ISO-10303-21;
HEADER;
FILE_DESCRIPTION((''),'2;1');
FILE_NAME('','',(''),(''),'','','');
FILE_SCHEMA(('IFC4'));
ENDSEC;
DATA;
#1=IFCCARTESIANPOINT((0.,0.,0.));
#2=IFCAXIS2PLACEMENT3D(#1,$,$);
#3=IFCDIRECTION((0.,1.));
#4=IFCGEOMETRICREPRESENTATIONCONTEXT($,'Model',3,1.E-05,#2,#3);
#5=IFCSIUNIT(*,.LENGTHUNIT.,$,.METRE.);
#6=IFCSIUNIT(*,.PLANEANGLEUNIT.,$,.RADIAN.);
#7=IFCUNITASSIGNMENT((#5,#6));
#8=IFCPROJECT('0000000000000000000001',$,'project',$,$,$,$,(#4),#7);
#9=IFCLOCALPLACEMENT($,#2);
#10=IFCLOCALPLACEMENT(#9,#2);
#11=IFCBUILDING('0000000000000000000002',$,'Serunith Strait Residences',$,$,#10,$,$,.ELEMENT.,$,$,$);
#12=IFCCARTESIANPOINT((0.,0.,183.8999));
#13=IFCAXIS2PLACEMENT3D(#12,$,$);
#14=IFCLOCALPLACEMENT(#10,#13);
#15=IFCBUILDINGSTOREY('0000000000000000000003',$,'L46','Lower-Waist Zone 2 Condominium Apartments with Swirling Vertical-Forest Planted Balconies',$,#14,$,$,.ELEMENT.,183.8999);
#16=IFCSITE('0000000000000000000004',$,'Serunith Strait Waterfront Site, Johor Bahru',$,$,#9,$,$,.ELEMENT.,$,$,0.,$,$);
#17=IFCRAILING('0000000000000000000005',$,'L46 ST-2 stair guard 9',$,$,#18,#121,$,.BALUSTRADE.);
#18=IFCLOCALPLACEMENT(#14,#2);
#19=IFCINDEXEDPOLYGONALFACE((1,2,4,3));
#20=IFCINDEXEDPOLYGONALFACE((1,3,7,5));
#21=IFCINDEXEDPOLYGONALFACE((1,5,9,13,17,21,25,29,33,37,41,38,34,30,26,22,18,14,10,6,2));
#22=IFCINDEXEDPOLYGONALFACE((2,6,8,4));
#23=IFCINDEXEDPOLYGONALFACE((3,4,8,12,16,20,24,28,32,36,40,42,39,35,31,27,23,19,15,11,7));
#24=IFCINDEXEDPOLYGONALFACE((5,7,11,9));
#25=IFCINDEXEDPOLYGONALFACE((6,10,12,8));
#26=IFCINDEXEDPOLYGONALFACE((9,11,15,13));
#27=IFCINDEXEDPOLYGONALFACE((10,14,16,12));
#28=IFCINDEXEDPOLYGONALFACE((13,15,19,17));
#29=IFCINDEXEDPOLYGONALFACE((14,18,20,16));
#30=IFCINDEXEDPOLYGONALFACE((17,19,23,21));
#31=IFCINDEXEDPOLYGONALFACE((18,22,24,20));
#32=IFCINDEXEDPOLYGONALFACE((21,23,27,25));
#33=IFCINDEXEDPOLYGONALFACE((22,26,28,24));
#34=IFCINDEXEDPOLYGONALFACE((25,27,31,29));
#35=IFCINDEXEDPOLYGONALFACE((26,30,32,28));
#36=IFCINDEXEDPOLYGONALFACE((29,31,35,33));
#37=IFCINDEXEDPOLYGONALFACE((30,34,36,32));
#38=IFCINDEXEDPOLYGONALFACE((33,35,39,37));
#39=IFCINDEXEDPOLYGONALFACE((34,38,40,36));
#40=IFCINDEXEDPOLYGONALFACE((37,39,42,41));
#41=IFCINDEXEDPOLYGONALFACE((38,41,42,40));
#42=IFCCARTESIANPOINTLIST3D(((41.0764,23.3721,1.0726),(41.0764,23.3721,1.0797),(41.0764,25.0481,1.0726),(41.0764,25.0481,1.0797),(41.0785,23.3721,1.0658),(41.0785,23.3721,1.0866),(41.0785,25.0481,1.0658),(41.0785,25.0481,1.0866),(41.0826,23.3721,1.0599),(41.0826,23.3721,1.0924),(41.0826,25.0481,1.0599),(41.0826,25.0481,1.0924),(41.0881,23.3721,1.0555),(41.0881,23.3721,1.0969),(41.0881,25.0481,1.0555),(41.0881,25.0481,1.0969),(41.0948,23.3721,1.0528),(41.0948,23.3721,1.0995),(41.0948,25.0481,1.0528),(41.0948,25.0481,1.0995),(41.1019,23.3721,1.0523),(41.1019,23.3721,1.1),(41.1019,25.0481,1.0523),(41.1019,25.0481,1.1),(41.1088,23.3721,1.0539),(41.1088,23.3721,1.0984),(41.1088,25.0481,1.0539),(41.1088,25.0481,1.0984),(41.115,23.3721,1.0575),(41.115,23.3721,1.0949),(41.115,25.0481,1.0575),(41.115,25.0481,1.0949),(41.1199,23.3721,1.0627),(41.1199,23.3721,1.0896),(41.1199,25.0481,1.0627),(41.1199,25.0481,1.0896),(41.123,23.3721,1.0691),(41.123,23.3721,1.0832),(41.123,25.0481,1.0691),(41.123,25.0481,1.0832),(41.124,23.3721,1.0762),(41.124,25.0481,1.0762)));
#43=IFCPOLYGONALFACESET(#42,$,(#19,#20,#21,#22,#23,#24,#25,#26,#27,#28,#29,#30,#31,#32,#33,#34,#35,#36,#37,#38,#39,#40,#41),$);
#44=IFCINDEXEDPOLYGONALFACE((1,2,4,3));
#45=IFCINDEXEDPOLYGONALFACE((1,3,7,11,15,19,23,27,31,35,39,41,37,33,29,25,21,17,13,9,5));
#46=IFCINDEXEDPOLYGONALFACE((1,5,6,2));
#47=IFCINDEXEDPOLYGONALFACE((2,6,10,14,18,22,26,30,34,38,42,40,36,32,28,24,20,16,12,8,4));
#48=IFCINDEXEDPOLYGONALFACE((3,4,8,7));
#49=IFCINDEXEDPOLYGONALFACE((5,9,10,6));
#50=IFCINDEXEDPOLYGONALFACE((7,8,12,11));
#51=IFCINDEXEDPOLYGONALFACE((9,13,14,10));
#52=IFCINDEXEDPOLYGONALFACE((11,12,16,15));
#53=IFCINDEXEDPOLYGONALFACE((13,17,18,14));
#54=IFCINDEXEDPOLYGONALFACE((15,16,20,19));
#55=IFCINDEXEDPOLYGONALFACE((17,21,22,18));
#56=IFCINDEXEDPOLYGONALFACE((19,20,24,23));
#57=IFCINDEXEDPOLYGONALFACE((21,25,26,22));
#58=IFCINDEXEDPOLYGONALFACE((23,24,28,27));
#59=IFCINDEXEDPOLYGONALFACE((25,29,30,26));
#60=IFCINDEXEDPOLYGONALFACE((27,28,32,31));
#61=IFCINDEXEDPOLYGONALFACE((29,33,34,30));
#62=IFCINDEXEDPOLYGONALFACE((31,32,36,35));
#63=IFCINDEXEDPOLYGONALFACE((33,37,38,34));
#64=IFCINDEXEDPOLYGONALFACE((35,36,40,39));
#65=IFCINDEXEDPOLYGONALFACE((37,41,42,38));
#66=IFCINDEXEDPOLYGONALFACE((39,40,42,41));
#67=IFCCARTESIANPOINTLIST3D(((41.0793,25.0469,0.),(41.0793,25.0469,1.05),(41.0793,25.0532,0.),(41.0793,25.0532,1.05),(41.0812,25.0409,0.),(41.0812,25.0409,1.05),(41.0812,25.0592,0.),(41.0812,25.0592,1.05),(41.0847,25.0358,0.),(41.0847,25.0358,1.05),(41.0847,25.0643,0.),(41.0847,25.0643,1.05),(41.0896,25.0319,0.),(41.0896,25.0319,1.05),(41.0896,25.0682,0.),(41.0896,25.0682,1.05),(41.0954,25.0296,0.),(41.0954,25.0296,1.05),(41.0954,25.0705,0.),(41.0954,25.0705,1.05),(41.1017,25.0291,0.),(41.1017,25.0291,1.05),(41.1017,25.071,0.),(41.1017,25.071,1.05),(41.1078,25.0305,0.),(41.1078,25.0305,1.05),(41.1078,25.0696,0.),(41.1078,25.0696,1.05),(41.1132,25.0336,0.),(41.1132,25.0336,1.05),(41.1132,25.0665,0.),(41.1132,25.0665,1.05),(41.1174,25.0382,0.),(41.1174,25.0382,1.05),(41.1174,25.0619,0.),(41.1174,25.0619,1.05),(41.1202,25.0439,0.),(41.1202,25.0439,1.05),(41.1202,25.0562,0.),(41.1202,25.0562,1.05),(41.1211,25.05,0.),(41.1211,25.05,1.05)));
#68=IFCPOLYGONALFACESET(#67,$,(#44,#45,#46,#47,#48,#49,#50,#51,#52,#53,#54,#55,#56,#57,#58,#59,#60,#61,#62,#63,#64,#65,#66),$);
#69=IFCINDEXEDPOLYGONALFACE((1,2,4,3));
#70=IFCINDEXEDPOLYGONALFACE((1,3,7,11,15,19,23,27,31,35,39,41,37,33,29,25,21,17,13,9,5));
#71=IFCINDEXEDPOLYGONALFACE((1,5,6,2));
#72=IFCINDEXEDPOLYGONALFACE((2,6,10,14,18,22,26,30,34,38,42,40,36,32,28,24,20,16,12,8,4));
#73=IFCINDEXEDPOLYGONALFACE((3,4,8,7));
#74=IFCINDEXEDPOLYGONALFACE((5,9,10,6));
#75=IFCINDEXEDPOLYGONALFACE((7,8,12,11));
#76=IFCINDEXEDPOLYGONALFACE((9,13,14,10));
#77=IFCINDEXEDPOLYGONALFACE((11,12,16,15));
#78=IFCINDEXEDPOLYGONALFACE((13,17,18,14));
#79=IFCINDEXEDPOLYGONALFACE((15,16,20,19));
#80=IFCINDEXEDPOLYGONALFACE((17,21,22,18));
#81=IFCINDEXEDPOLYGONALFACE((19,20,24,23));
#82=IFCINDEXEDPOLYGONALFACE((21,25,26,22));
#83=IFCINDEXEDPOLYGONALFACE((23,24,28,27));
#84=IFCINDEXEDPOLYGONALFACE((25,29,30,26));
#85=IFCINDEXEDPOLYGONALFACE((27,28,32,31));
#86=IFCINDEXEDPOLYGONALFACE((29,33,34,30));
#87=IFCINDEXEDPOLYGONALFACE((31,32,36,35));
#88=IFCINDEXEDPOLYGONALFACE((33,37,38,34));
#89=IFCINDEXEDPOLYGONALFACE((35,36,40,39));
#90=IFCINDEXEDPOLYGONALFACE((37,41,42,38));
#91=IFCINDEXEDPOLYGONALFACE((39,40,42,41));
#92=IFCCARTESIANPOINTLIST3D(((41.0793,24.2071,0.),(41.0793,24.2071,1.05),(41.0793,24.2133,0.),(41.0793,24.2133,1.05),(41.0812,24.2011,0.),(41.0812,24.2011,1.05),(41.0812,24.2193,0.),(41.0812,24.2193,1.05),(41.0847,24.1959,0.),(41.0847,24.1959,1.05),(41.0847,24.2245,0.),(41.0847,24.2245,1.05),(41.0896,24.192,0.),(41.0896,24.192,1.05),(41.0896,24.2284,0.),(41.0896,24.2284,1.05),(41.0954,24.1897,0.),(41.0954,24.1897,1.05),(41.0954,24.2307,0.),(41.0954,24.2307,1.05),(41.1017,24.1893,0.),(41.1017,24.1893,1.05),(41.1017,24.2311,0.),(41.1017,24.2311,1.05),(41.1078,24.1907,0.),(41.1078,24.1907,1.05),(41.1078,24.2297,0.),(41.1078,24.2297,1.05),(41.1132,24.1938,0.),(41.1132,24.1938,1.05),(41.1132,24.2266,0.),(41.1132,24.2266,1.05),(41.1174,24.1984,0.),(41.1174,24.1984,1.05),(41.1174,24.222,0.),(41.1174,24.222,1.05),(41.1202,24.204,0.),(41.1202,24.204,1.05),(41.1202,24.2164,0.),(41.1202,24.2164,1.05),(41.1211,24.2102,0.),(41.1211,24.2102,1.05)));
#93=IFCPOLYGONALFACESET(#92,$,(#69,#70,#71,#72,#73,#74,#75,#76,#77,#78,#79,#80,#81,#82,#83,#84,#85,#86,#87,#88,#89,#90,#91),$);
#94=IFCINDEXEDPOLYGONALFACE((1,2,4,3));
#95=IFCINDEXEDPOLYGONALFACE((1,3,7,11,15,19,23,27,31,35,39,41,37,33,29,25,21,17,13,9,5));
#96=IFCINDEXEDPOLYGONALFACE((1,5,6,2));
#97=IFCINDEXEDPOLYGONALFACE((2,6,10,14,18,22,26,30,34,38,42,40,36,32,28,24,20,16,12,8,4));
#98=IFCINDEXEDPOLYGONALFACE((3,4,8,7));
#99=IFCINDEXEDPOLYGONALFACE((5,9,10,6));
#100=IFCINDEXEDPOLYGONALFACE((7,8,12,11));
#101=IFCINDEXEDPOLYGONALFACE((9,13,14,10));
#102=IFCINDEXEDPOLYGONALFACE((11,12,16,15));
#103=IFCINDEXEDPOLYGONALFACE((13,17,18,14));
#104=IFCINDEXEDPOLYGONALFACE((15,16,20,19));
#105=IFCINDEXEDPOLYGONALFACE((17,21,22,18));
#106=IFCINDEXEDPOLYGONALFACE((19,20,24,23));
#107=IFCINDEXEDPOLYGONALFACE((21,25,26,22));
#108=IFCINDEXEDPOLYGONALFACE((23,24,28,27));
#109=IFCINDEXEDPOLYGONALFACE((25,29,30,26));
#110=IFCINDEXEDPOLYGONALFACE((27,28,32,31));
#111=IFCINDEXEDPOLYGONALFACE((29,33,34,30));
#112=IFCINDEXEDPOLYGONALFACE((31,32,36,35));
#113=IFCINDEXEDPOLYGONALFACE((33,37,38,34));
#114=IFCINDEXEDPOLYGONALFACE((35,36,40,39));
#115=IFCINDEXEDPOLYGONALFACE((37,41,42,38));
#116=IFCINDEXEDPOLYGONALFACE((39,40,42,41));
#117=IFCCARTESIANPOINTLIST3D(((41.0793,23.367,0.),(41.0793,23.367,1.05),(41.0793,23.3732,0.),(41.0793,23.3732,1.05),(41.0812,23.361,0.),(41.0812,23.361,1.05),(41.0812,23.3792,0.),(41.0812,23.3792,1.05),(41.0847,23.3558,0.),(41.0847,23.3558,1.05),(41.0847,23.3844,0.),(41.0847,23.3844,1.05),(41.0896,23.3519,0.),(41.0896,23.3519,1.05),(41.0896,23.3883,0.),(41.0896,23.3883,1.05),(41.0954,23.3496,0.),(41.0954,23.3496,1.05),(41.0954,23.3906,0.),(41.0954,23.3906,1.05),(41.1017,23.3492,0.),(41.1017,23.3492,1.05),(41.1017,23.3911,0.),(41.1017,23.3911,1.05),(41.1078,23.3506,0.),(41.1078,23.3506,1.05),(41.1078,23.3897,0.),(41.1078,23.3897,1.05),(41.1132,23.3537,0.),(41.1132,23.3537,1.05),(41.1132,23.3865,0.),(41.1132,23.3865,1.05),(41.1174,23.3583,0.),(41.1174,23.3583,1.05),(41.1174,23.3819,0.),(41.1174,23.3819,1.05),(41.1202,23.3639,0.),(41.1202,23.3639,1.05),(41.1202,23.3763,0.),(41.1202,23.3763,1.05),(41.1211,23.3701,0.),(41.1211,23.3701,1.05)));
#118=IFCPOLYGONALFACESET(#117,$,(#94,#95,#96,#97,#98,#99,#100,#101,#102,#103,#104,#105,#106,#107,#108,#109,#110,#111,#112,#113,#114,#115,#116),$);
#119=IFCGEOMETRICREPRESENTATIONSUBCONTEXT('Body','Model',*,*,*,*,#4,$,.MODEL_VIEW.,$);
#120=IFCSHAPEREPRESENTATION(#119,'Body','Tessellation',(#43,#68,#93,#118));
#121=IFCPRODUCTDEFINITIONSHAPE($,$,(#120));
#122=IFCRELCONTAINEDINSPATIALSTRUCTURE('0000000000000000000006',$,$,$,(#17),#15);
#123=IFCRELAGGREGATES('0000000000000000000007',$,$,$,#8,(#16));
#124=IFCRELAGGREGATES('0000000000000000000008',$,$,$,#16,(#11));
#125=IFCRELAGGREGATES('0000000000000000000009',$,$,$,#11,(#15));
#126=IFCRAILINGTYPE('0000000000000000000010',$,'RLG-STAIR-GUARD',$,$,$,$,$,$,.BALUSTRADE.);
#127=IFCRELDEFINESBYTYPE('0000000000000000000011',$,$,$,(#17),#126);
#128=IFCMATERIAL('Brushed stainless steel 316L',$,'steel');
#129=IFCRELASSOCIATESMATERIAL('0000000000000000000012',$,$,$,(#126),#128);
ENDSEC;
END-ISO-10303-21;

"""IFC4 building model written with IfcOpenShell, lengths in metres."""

from ifc_helpers import new_model, si_unit, direction, frame, origin, origin_2d, place, context, subcontext, project, spatial, circle, extrude, material, type_object, element, save


model = new_model("IFC4")

# Units and contexts
model_context = context("Model", 3, precision=1e-05, world=origin(), true_north=direction((0.0, 1.0)))
body_context = subcontext(model_context, "Body", "Model", "MODEL_VIEW")
ifc_project = project(units=[si_unit("LENGTHUNIT", "METRE"), si_unit("PLANEANGLEUNIT", "RADIAN")], contexts=[model_context])

# Site, building, storey
site_placement = place(None, origin())
site = spatial("IfcSite", under=ifc_project, at=site_placement, Name="Serunith Strait Waterfront Site, Johor Bahru", CompositionType="ELEMENT", RefElevation=0.0)
building_placement = place(site_placement, origin())
building = spatial("IfcBuilding", under=site, at=building_placement, Name="Serunith Strait Residences", CompositionType="ELEMENT")
storey_placement = place(building_placement, frame((0.0, 0.0, 183.8999)))
storey = spatial("IfcBuildingStorey", under=building, at=storey_placement, Name="L46", Description="Lower-Waist Zone 2 Condominium Apartments with Swirling Vertical-Forest Planted Balconies", CompositionType="ELEMENT", Elevation=183.8999)

# Railing
ifc_material_1 = material(Name="Brushed stainless steel 316L", Category="steel")
railing_type = type_object("IfcRailingType", Name="RLG-STAIR-GUARD", PredefinedType="BALUSTRADE", material=ifc_material_1)
for number, where, name in (
    (1, (41.1001, 25.05, 0.0), "L46 ST-2 stair guard 9"),
):
    element("IfcRailing", number, at=place(storey_placement, frame(where)), inside=storey, type_object=railing_type, Name=name, PredefinedType="BALUSTRADE", context=body_context, shape_type="SweptSolid", body=[
        extrude(circle(Radius=0.0239, at=origin_2d()), frame((0.0, -0.002, 1.0762), z_axis=(0.0, -1.0, 0.0), x_axis=(1.0, 0.0, 0.0)), (0.0, 0.0, 1.0), 1.676),
        extrude(circle(Radius=0.021, at=origin_2d()), origin(), (0.0, 0.0, 1.0), 1.05),
        extrude(circle(Radius=0.021, at=origin_2d()), frame((0.0, -0.8398, 0.0)), (0.0, 0.0, 1.0), 1.05),
        extrude(circle(Radius=0.021, at=origin_2d()), frame((0.0, -1.6799, 0.0)), (0.0, 0.0, 1.0), 1.05),
    ])

save(model, "model.ifc")
